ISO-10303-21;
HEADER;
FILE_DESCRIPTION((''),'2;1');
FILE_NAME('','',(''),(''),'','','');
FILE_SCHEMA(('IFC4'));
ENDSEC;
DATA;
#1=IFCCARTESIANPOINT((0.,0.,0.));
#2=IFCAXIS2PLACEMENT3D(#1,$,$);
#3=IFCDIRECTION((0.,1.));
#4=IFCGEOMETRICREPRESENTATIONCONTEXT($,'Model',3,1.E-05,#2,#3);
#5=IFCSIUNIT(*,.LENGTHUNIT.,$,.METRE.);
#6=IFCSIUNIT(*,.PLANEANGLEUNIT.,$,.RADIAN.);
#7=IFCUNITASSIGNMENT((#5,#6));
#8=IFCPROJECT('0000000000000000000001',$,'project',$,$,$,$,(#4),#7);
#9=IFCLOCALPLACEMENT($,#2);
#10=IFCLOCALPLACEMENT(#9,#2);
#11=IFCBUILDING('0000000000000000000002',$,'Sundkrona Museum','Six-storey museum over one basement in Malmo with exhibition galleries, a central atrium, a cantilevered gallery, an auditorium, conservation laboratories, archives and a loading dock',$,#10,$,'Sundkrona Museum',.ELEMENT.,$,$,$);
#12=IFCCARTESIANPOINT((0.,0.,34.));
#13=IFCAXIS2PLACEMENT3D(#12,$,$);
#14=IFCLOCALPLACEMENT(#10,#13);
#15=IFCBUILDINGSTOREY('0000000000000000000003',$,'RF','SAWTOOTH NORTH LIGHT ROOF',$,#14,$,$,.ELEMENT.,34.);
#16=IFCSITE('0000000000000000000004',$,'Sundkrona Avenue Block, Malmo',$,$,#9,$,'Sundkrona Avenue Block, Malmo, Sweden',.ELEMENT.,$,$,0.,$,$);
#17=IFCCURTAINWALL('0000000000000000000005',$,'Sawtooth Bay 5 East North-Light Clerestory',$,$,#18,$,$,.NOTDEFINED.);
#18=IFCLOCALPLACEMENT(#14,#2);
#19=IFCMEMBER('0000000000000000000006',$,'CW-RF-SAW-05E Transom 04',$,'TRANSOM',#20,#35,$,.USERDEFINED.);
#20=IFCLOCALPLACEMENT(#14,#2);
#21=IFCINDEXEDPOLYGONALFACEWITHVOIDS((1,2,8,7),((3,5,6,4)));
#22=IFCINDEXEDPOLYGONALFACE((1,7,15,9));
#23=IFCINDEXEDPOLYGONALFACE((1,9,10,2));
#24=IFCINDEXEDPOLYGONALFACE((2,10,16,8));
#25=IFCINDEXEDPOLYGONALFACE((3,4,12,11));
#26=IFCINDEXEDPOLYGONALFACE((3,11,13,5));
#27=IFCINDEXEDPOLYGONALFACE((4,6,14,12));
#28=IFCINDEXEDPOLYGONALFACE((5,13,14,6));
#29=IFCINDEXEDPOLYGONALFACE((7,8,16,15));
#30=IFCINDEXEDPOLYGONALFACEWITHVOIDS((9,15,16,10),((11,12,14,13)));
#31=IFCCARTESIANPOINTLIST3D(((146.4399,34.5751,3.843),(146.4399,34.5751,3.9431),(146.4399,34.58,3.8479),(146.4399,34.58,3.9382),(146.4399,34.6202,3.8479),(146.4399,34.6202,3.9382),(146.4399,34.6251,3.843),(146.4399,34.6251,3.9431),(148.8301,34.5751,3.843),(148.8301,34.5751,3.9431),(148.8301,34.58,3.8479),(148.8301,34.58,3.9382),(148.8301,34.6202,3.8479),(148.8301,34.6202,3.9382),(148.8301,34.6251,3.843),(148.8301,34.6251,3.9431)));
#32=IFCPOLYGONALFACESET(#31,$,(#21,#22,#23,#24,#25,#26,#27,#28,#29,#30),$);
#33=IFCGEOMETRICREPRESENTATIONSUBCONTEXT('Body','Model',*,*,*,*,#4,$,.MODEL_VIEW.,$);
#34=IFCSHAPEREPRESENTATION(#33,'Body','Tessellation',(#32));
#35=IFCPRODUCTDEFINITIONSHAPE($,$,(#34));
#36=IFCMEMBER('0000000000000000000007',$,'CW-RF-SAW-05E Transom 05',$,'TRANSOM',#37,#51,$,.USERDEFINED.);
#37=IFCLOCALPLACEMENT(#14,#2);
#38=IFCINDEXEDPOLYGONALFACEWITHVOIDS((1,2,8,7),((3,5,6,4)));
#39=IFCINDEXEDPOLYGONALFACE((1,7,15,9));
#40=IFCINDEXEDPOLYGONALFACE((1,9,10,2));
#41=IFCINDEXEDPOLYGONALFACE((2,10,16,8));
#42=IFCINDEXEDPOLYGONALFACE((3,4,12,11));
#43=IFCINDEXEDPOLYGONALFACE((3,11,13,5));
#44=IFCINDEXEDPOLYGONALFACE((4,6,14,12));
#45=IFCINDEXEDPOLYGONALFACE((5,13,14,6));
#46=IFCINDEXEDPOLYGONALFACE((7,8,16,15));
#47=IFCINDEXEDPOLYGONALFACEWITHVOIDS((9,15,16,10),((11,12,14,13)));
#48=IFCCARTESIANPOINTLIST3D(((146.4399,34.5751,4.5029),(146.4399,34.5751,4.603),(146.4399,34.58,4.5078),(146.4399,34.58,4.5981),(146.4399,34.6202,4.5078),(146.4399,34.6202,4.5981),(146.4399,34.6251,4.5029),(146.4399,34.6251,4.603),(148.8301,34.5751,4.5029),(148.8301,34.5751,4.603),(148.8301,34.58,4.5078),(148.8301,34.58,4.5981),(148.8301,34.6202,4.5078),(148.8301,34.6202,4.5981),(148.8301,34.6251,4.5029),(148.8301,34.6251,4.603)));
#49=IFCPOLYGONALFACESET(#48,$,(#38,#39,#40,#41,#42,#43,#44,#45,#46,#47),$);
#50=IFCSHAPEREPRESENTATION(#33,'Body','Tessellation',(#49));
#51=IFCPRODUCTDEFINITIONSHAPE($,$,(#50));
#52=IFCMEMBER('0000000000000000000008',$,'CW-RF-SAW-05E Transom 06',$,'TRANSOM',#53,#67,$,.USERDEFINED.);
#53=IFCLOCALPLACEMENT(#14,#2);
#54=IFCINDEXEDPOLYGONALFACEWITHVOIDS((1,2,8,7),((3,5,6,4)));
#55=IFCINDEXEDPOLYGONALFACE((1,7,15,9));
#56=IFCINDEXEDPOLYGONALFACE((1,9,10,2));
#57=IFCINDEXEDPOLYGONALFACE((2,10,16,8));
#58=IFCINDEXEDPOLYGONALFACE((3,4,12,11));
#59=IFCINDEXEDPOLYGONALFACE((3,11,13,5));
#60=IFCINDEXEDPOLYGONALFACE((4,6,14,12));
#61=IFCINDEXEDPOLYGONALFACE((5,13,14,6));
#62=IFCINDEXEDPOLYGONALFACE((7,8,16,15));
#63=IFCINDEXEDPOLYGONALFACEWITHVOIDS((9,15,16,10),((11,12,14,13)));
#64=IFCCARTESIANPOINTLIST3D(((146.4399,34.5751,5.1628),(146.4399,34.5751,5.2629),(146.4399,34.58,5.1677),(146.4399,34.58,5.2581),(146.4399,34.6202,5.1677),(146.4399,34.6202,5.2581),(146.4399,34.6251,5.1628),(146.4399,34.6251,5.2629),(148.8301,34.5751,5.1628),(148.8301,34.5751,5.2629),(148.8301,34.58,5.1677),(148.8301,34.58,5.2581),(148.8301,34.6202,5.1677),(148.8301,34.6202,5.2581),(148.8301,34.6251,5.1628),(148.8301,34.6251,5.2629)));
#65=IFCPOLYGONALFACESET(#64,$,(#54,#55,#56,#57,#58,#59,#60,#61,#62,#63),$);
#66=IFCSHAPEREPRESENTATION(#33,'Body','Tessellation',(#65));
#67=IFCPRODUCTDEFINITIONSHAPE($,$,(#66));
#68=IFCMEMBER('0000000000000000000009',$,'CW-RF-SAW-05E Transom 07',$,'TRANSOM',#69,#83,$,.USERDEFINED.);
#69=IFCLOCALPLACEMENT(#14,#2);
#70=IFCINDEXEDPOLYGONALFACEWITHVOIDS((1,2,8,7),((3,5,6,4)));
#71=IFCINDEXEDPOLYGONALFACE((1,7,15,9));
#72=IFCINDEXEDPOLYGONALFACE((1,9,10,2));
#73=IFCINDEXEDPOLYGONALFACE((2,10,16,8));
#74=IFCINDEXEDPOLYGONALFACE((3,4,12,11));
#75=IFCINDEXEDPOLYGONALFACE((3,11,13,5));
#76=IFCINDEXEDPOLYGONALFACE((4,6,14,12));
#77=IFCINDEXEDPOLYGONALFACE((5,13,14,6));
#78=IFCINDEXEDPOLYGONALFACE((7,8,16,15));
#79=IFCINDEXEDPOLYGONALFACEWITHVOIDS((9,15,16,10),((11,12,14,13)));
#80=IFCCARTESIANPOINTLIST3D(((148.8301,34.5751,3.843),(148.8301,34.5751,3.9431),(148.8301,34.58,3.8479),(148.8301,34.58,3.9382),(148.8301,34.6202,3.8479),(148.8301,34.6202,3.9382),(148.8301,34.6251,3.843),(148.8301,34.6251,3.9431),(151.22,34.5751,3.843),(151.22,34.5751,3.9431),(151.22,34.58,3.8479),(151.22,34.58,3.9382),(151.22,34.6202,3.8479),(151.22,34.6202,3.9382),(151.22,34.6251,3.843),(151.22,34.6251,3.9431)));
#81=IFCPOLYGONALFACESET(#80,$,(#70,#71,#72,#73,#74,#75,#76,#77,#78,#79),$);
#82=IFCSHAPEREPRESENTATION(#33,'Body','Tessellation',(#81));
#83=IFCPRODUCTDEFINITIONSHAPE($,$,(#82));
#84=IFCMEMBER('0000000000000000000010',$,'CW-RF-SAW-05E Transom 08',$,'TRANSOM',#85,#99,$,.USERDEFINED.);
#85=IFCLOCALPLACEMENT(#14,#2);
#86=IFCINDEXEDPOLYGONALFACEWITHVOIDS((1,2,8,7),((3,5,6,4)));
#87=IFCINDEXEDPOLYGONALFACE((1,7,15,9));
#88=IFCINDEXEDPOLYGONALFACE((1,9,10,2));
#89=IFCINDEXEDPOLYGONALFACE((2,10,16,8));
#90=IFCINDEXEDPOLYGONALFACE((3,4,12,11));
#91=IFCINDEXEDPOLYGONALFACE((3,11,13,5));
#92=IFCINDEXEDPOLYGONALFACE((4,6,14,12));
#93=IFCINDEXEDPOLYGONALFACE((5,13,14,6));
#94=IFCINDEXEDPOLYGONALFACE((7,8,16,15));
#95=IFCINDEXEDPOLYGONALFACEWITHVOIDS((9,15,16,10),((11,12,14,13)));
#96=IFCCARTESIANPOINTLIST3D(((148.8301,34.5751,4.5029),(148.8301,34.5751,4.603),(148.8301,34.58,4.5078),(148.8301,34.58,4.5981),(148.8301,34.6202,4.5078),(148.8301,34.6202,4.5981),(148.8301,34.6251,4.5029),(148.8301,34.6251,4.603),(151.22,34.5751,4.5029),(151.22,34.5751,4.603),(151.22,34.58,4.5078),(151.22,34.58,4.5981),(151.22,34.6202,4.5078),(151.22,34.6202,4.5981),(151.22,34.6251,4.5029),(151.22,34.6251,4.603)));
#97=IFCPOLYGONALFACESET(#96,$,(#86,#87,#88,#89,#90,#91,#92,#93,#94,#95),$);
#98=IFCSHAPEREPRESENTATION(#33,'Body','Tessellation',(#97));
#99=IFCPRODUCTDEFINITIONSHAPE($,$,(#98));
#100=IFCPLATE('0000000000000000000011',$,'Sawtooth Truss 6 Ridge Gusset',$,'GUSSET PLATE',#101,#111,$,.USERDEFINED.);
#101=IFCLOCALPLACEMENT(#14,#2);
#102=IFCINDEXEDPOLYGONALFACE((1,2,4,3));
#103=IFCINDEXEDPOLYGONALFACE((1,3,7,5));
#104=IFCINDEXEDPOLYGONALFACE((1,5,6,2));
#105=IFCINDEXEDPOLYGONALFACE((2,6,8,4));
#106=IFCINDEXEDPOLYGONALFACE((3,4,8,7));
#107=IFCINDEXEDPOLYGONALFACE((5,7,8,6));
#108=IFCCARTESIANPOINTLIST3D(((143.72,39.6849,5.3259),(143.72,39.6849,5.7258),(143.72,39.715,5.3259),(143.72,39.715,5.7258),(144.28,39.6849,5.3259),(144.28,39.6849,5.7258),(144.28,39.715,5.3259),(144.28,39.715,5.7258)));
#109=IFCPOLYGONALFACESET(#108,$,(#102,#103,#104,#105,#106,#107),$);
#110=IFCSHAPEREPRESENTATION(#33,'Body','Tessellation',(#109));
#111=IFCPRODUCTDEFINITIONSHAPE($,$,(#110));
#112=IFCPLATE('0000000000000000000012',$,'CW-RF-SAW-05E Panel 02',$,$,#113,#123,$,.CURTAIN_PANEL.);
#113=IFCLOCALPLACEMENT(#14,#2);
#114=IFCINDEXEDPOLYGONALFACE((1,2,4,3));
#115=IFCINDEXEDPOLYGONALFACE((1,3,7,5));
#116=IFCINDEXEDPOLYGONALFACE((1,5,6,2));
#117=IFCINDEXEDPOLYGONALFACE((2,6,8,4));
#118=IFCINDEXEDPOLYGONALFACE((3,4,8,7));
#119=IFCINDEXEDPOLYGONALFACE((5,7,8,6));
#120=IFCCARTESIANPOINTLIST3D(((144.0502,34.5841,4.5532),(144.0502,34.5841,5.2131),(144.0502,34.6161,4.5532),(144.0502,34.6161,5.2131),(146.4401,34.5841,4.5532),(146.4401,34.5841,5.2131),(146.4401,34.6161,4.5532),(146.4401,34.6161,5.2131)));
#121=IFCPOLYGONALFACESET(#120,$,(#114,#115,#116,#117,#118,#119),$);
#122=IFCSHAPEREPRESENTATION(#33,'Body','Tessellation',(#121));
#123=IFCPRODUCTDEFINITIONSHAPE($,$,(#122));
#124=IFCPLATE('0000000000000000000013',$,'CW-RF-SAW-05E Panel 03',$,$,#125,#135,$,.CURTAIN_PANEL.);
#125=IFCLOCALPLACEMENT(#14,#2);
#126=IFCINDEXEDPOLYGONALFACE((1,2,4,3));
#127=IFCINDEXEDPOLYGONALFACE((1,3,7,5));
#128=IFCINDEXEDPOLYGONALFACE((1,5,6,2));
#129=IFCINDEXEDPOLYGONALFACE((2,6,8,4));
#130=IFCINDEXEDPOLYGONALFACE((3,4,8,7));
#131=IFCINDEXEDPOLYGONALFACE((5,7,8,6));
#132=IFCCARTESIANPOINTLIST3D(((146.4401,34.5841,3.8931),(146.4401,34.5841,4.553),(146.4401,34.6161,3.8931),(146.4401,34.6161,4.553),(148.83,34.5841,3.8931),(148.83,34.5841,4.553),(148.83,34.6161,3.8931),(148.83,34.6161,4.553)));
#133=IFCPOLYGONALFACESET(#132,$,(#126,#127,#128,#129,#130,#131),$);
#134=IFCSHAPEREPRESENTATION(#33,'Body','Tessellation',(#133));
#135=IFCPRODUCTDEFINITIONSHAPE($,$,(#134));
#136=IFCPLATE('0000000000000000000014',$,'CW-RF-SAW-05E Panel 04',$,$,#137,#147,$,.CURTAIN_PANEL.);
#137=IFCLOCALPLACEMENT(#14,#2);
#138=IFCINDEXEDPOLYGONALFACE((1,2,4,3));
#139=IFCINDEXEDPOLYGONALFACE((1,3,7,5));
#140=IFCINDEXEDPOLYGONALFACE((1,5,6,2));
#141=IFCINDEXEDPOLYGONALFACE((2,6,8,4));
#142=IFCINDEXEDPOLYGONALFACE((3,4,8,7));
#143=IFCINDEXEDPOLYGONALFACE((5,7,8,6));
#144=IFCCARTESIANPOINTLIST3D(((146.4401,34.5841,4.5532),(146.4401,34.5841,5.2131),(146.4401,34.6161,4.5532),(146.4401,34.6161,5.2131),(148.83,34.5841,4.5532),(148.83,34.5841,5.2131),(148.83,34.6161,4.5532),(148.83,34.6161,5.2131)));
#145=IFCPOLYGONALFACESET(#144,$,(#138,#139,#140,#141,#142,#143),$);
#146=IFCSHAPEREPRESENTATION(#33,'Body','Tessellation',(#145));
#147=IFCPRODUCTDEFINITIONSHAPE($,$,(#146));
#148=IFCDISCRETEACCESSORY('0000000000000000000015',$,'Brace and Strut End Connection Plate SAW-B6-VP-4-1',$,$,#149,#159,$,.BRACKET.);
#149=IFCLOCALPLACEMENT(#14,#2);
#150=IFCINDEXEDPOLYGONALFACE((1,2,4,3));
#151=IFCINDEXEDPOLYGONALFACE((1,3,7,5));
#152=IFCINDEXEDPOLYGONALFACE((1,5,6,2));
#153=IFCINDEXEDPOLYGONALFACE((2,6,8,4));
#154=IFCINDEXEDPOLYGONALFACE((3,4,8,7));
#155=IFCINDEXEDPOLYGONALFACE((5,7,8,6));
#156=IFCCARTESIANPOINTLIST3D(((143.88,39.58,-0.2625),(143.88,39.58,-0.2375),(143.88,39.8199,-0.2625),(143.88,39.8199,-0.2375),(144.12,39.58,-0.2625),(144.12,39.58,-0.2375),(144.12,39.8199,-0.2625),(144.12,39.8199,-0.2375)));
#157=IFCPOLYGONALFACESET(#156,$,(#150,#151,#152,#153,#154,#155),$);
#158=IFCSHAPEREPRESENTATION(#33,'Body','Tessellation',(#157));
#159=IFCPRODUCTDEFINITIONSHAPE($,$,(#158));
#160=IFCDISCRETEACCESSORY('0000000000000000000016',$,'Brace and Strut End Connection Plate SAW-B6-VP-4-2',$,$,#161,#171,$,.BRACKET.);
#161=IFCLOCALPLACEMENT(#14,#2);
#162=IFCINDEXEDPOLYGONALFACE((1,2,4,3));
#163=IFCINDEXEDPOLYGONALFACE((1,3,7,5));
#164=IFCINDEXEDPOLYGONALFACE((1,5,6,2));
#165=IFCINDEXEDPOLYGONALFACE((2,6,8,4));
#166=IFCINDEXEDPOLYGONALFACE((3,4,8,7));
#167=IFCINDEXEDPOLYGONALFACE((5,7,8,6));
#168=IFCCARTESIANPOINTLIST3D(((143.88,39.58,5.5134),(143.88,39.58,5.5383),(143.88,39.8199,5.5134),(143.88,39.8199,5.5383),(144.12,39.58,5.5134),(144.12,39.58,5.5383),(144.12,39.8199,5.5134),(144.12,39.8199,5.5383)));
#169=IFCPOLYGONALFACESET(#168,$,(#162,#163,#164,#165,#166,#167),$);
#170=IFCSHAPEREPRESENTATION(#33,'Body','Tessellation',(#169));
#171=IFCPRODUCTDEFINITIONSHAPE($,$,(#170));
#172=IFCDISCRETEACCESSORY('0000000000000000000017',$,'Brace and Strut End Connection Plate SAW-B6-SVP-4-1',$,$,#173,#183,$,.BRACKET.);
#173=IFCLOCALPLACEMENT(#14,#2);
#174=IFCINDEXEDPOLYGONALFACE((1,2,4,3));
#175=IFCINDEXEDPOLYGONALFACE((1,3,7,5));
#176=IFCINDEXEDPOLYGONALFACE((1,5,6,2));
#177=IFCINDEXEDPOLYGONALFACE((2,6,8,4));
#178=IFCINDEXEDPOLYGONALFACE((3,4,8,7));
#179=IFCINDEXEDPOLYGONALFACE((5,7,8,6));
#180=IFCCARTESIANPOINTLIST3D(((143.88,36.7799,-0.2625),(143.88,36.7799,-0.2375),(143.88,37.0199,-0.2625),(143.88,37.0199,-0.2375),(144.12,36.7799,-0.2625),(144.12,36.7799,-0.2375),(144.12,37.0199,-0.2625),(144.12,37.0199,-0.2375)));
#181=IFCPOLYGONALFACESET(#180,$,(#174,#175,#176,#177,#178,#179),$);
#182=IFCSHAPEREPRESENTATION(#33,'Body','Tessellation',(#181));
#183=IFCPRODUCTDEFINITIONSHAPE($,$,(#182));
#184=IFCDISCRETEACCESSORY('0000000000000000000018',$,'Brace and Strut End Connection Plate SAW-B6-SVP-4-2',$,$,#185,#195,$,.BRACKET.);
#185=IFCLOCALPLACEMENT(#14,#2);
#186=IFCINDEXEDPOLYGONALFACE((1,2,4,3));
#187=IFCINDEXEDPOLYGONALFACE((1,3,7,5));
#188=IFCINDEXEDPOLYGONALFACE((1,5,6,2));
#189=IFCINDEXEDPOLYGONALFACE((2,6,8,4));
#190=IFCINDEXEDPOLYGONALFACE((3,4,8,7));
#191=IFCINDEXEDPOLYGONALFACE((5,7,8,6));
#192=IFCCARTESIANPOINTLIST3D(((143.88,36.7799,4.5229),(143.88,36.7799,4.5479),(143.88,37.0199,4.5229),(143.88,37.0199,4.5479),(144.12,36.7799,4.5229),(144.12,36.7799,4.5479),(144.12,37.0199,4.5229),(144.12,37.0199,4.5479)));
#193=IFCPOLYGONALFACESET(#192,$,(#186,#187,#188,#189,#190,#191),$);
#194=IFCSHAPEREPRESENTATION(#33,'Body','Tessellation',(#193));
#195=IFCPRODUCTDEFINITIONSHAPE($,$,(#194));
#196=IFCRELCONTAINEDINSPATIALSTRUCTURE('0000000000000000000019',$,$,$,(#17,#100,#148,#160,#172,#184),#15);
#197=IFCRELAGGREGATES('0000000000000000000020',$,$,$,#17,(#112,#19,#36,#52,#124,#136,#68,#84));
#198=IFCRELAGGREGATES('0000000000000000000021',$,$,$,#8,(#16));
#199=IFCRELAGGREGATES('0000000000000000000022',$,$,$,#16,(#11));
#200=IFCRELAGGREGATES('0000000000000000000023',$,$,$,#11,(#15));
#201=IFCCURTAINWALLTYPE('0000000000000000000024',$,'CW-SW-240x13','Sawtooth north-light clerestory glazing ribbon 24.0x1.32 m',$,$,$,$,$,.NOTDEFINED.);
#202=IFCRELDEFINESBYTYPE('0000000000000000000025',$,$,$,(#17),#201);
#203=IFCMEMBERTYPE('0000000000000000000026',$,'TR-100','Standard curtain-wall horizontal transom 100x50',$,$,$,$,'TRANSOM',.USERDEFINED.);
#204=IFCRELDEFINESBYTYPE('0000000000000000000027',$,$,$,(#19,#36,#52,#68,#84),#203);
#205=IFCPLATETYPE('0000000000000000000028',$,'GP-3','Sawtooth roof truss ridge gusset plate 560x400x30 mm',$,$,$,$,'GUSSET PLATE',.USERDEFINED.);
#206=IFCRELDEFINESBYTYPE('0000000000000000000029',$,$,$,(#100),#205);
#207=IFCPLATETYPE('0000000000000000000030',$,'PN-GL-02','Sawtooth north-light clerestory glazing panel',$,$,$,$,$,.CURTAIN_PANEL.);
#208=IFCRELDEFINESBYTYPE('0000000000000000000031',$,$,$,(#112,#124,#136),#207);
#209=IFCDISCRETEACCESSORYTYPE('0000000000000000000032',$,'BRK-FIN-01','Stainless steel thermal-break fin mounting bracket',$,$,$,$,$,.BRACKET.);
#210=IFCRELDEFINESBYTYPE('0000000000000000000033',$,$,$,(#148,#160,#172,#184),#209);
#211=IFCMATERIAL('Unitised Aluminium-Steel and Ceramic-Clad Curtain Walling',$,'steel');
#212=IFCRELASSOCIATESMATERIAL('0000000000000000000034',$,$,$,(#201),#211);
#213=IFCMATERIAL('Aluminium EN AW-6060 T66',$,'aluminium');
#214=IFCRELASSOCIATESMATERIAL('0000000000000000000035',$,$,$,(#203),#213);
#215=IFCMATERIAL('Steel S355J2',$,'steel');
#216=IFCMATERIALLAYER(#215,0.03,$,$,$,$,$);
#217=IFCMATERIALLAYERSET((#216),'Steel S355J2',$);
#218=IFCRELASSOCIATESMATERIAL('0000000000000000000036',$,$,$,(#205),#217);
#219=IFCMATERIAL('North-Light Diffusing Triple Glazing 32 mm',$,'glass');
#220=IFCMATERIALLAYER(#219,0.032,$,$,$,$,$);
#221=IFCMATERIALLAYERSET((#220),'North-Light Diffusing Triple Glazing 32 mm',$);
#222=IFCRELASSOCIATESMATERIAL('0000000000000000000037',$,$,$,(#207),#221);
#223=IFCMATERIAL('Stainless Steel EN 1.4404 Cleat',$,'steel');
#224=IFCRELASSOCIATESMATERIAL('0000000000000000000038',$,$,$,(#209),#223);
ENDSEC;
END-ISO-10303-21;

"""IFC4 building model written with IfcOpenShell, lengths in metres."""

from ifc_helpers import new_model, si_unit, direction, frame, origin, origin_2d, place, context, subcontext, project, spatial, rectangle, hollow_rectangle, extrude, material, layer, layer_set, material_profile, profile_set, type_object, element, aggregate, save


model = new_model("IFC4")

# Units and contexts
model_context = context("Model", 3, precision=1e-05, world=origin(), true_north=direction((0.0, 1.0)))
body_context = subcontext(model_context, "Body", "Model", "MODEL_VIEW")
ifc_project = project(units=[si_unit("LENGTHUNIT", "METRE"), si_unit("PLANEANGLEUNIT", "RADIAN")], contexts=[model_context])

# Site, building, storey
site_placement = place(None, origin())
site = spatial("IfcSite", under=ifc_project, at=site_placement, Name="Sundkrona Avenue Block, Malmo", LongName="Sundkrona Avenue Block, Malmo, Sweden", CompositionType="ELEMENT", RefElevation=0.0)
building_placement = place(site_placement, origin())
building = spatial("IfcBuilding", under=site, at=building_placement, Name="Sundkrona Museum", Description="Six-storey museum over one basement in Malmo with exhibition galleries, a central atrium, a cantilevered gallery, an auditorium, conservation laboratories, archives and a loading dock", LongName="Sundkrona Museum", CompositionType="ELEMENT")
storey_placement = place(building_placement, frame((0.0, 0.0, 34.0)))
storey = spatial("IfcBuildingStorey", under=building, at=storey_placement, Name="RF", Description="SAWTOOTH NORTH LIGHT ROOF", CompositionType="ELEMENT", Elevation=34.0)

# Curtain wall
ifc_material_1 = material(Name="Unitised Aluminium-Steel and Ceramic-Clad Curtain Walling", Category="steel")
curtain_wall_type = type_object("IfcCurtainWallType", Name="CW-SW-240x13", Description="Sawtooth north-light clerestory glazing ribbon 24.0x1.32 m", PredefinedType="NOTDEFINED", material=ifc_material_1)
curtain_wall_placement = place(storey_placement, origin())
curtain_wall = element("IfcCurtainWall", 1, at=curtain_wall_placement, inside=storey, type_object=curtain_wall_type, Name="Sawtooth Bay 5 East North-Light Clerestory", PredefinedType="NOTDEFINED")
ifc_material_2 = material(Name="Aluminium EN AW-6060 T66", Category="aluminium")

# Shared definitions
ifc_material_3 = material(Name="Steel S355J2", Category="steel")

# Members
ifc_material_profile_1 = material_profile(ifc_material_2, hollow_rectangle(XDim=0.05, YDim=0.1001, WallThickness=0.0049, at=origin_2d()), Name="RHS 100x50x5.0")
ifc_profile_set_1 = profile_set([ifc_material_profile_1], Name="Aluminium EN AW-6060 T66")
member_type_1 = type_object("IfcMemberType", Name="TR-100", Description="Standard curtain-wall horizontal transom 100x50", ElementType="TRANSOM", PredefinedType="USERDEFINED", material=ifc_profile_set_1)
member_1_placement = place(storey_placement, frame((146.4399, 34.6001, 3.8931), z_axis=(1.0, 0.0, 0.0), x_axis=(0.0, 1.0, 0.0)))
member_1 = element("IfcMember", 2, at=member_1_placement, type_object=member_type_1, Name="CW-RF-SAW-05E Transom 04", ObjectType="TRANSOM", PredefinedType="USERDEFINED", context=body_context, shape_type="SweptSolid", body=[
    extrude(hollow_rectangle(XDim=0.05, YDim=0.1001, WallThickness=0.0049, at=origin_2d()), origin(), (0.0, 0.0, 1.0), 2.3901),
])
member_2_placement = place(storey_placement, frame((146.4399, 34.6001, 4.553), z_axis=(1.0, 0.0, 0.0), x_axis=(0.0, 1.0, 0.0)))
member_2 = element("IfcMember", 3, at=member_2_placement, type_object=member_type_1, Name="CW-RF-SAW-05E Transom 05", ObjectType="TRANSOM", PredefinedType="USERDEFINED", context=body_context, shape_type="SweptSolid", body=[
    extrude(hollow_rectangle(XDim=0.05, YDim=0.1001, WallThickness=0.0049, at=origin_2d()), origin(), (0.0, 0.0, 1.0), 2.3901),
])
member_3_placement = place(storey_placement, frame((146.4399, 34.6001, 5.2129), z_axis=(1.0, 0.0, 0.0), x_axis=(0.0, 1.0, 0.0)))
member_3 = element("IfcMember", 4, at=member_3_placement, type_object=member_type_1, Name="CW-RF-SAW-05E Transom 06", ObjectType="TRANSOM", PredefinedType="USERDEFINED", context=body_context, shape_type="SweptSolid", body=[
    extrude(hollow_rectangle(XDim=0.05, YDim=0.1001, WallThickness=0.0049, at=origin_2d()), origin(), (0.0, 0.0, 1.0), 2.3901),
])
member_4_placement = place(storey_placement, frame((148.8301, 34.6001, 3.8931), z_axis=(1.0, 0.0, 0.0), x_axis=(0.0, 1.0, 0.0)))
member_4 = element("IfcMember", 5, at=member_4_placement, type_object=member_type_1, Name="CW-RF-SAW-05E Transom 07", ObjectType="TRANSOM", PredefinedType="USERDEFINED", context=body_context, shape_type="SweptSolid", body=[
    extrude(hollow_rectangle(XDim=0.05, YDim=0.1001, WallThickness=0.0049, at=origin_2d()), origin(), (0.0, 0.0, 1.0), 2.3899),
])
member_5_placement = place(storey_placement, frame((148.8301, 34.6001, 4.553), z_axis=(1.0, 0.0, 0.0), x_axis=(0.0, 1.0, 0.0)))
member_5 = element("IfcMember", 6, at=member_5_placement, type_object=member_type_1, Name="CW-RF-SAW-05E Transom 08", ObjectType="TRANSOM", PredefinedType="USERDEFINED", context=body_context, shape_type="SweptSolid", body=[
    extrude(hollow_rectangle(XDim=0.05, YDim=0.1001, WallThickness=0.0049, at=origin_2d()), origin(), (0.0, 0.0, 1.0), 2.3899),
])

# Plates
ifc_layer_1 = layer(ifc_material_3, 0.03)
ifc_layer_set_1 = layer_set([ifc_layer_1], Name="Steel S355J2")
plate_type_1 = type_object("IfcPlateType", Name="GP-3", Description="Sawtooth roof truss ridge gusset plate 560x400x30 mm", ElementType="GUSSET PLATE", PredefinedType="USERDEFINED", material=ifc_layer_set_1)
plate_1_placement = place(storey_placement, frame((144.0, 39.7, 5.3259), z_axis=(0.0, 0.0, 1.0), x_axis=(1.0, 0.0, 0.0)))
element("IfcPlate", 7, at=plate_1_placement, inside=storey, type_object=plate_type_1, Name="Sawtooth Truss 6 Ridge Gusset", ObjectType="GUSSET PLATE", PredefinedType="USERDEFINED", context=body_context, shape_type="SweptSolid", body=[
    extrude(rectangle(XDim=0.5601, YDim=0.03, at=origin_2d()), origin(), (0.0, 0.0, 1.0), 0.3999),
])
ifc_material_4 = material(Name="North-Light Diffusing Triple Glazing 32 mm", Category="glass")
ifc_layer_2 = layer(ifc_material_4, 0.032)
ifc_layer_set_2 = layer_set([ifc_layer_2], Name="North-Light Diffusing Triple Glazing 32 mm")
plate_type_2 = type_object("IfcPlateType", Name="PN-GL-02", Description="Sawtooth north-light clerestory glazing panel", PredefinedType="CURTAIN_PANEL", material=ifc_layer_set_2)
plate_2_placement = place(storey_placement, frame((145.2451, 34.6001, 4.5532), z_axis=(0.0, 0.0, 1.0), x_axis=(1.0, 0.0, 0.0)))
plate_2 = element("IfcPlate", 8, at=plate_2_placement, type_object=plate_type_2, Name="CW-RF-SAW-05E Panel 02", PredefinedType="CURTAIN_PANEL", context=body_context, shape_type="SweptSolid", body=[
    extrude(rectangle(XDim=2.3899, YDim=0.032, at=origin_2d()), origin(), (0.0, 0.0, 1.0), 0.6599),
])
plate_3_placement = place(storey_placement, frame((147.635, 34.6001, 3.8931), z_axis=(0.0, 0.0, 1.0), x_axis=(1.0, 0.0, 0.0)))
plate_3 = element("IfcPlate", 9, at=plate_3_placement, type_object=plate_type_2, Name="CW-RF-SAW-05E Panel 03", PredefinedType="CURTAIN_PANEL", context=body_context, shape_type="SweptSolid", body=[
    extrude(rectangle(XDim=2.3899, YDim=0.032, at=origin_2d()), origin(), (0.0, 0.0, 1.0), 0.6599),
])
plate_4_placement = place(storey_placement, frame((147.635, 34.6001, 4.5532), z_axis=(0.0, 0.0, 1.0), x_axis=(1.0, 0.0, 0.0)))
plate_4 = element("IfcPlate", 10, at=plate_4_placement, type_object=plate_type_2, Name="CW-RF-SAW-05E Panel 04", PredefinedType="CURTAIN_PANEL", context=body_context, shape_type="SweptSolid", body=[
    extrude(rectangle(XDim=2.3899, YDim=0.032, at=origin_2d()), origin(), (0.0, 0.0, 1.0), 0.6599),
])
aggregate(curtain_wall, [plate_2, member_1, member_2, member_3, plate_3, plate_4, member_4, member_5])

# Discrete accessories
ifc_material_5 = material(Name="Stainless Steel EN 1.4404 Cleat", Category="steel")
discrete_accessory_type = type_object("IfcDiscreteAccessoryType", Name="BRK-FIN-01", Description="Stainless steel thermal-break fin mounting bracket", PredefinedType="BRACKET", material=ifc_material_5)
for number, where, z_axis, x_axis, name in (
    (11, (144.0, 39.7, -0.2625), (0.0, 0.0, 1.0), (1.0, 0.0, 0.0), "Brace and Strut End Connection Plate SAW-B6-VP-4-1"),
    (12, (144.0, 39.7, 5.5134), (0.0, 0.0, 1.0), (1.0, 0.0, 0.0), "Brace and Strut End Connection Plate SAW-B6-VP-4-2"),
    (13, (144.0, 36.8999, -0.2625), (0.0, 0.0, 1.0), (1.0, 0.0, 0.0), "Brace and Strut End Connection Plate SAW-B6-SVP-4-1"),
    (14, (144.0, 36.8999, 4.5229), (0.0, 0.0, 1.0), (1.0, 0.0, 0.0), "Brace and Strut End Connection Plate SAW-B6-SVP-4-2"),
):
    element("IfcDiscreteAccessory", number, at=place(storey_placement, frame(where, z_axis=z_axis, x_axis=x_axis)), inside=storey, type_object=discrete_accessory_type, Name=name, PredefinedType="BRACKET", context=body_context, shape_type="SweptSolid", body=[
        extrude(rectangle(XDim=0.24, YDim=0.24, at=origin_2d()), origin(), (0.0, 0.0, 1.0), 0.0249),
    ])

save(model, "model.ifc")
